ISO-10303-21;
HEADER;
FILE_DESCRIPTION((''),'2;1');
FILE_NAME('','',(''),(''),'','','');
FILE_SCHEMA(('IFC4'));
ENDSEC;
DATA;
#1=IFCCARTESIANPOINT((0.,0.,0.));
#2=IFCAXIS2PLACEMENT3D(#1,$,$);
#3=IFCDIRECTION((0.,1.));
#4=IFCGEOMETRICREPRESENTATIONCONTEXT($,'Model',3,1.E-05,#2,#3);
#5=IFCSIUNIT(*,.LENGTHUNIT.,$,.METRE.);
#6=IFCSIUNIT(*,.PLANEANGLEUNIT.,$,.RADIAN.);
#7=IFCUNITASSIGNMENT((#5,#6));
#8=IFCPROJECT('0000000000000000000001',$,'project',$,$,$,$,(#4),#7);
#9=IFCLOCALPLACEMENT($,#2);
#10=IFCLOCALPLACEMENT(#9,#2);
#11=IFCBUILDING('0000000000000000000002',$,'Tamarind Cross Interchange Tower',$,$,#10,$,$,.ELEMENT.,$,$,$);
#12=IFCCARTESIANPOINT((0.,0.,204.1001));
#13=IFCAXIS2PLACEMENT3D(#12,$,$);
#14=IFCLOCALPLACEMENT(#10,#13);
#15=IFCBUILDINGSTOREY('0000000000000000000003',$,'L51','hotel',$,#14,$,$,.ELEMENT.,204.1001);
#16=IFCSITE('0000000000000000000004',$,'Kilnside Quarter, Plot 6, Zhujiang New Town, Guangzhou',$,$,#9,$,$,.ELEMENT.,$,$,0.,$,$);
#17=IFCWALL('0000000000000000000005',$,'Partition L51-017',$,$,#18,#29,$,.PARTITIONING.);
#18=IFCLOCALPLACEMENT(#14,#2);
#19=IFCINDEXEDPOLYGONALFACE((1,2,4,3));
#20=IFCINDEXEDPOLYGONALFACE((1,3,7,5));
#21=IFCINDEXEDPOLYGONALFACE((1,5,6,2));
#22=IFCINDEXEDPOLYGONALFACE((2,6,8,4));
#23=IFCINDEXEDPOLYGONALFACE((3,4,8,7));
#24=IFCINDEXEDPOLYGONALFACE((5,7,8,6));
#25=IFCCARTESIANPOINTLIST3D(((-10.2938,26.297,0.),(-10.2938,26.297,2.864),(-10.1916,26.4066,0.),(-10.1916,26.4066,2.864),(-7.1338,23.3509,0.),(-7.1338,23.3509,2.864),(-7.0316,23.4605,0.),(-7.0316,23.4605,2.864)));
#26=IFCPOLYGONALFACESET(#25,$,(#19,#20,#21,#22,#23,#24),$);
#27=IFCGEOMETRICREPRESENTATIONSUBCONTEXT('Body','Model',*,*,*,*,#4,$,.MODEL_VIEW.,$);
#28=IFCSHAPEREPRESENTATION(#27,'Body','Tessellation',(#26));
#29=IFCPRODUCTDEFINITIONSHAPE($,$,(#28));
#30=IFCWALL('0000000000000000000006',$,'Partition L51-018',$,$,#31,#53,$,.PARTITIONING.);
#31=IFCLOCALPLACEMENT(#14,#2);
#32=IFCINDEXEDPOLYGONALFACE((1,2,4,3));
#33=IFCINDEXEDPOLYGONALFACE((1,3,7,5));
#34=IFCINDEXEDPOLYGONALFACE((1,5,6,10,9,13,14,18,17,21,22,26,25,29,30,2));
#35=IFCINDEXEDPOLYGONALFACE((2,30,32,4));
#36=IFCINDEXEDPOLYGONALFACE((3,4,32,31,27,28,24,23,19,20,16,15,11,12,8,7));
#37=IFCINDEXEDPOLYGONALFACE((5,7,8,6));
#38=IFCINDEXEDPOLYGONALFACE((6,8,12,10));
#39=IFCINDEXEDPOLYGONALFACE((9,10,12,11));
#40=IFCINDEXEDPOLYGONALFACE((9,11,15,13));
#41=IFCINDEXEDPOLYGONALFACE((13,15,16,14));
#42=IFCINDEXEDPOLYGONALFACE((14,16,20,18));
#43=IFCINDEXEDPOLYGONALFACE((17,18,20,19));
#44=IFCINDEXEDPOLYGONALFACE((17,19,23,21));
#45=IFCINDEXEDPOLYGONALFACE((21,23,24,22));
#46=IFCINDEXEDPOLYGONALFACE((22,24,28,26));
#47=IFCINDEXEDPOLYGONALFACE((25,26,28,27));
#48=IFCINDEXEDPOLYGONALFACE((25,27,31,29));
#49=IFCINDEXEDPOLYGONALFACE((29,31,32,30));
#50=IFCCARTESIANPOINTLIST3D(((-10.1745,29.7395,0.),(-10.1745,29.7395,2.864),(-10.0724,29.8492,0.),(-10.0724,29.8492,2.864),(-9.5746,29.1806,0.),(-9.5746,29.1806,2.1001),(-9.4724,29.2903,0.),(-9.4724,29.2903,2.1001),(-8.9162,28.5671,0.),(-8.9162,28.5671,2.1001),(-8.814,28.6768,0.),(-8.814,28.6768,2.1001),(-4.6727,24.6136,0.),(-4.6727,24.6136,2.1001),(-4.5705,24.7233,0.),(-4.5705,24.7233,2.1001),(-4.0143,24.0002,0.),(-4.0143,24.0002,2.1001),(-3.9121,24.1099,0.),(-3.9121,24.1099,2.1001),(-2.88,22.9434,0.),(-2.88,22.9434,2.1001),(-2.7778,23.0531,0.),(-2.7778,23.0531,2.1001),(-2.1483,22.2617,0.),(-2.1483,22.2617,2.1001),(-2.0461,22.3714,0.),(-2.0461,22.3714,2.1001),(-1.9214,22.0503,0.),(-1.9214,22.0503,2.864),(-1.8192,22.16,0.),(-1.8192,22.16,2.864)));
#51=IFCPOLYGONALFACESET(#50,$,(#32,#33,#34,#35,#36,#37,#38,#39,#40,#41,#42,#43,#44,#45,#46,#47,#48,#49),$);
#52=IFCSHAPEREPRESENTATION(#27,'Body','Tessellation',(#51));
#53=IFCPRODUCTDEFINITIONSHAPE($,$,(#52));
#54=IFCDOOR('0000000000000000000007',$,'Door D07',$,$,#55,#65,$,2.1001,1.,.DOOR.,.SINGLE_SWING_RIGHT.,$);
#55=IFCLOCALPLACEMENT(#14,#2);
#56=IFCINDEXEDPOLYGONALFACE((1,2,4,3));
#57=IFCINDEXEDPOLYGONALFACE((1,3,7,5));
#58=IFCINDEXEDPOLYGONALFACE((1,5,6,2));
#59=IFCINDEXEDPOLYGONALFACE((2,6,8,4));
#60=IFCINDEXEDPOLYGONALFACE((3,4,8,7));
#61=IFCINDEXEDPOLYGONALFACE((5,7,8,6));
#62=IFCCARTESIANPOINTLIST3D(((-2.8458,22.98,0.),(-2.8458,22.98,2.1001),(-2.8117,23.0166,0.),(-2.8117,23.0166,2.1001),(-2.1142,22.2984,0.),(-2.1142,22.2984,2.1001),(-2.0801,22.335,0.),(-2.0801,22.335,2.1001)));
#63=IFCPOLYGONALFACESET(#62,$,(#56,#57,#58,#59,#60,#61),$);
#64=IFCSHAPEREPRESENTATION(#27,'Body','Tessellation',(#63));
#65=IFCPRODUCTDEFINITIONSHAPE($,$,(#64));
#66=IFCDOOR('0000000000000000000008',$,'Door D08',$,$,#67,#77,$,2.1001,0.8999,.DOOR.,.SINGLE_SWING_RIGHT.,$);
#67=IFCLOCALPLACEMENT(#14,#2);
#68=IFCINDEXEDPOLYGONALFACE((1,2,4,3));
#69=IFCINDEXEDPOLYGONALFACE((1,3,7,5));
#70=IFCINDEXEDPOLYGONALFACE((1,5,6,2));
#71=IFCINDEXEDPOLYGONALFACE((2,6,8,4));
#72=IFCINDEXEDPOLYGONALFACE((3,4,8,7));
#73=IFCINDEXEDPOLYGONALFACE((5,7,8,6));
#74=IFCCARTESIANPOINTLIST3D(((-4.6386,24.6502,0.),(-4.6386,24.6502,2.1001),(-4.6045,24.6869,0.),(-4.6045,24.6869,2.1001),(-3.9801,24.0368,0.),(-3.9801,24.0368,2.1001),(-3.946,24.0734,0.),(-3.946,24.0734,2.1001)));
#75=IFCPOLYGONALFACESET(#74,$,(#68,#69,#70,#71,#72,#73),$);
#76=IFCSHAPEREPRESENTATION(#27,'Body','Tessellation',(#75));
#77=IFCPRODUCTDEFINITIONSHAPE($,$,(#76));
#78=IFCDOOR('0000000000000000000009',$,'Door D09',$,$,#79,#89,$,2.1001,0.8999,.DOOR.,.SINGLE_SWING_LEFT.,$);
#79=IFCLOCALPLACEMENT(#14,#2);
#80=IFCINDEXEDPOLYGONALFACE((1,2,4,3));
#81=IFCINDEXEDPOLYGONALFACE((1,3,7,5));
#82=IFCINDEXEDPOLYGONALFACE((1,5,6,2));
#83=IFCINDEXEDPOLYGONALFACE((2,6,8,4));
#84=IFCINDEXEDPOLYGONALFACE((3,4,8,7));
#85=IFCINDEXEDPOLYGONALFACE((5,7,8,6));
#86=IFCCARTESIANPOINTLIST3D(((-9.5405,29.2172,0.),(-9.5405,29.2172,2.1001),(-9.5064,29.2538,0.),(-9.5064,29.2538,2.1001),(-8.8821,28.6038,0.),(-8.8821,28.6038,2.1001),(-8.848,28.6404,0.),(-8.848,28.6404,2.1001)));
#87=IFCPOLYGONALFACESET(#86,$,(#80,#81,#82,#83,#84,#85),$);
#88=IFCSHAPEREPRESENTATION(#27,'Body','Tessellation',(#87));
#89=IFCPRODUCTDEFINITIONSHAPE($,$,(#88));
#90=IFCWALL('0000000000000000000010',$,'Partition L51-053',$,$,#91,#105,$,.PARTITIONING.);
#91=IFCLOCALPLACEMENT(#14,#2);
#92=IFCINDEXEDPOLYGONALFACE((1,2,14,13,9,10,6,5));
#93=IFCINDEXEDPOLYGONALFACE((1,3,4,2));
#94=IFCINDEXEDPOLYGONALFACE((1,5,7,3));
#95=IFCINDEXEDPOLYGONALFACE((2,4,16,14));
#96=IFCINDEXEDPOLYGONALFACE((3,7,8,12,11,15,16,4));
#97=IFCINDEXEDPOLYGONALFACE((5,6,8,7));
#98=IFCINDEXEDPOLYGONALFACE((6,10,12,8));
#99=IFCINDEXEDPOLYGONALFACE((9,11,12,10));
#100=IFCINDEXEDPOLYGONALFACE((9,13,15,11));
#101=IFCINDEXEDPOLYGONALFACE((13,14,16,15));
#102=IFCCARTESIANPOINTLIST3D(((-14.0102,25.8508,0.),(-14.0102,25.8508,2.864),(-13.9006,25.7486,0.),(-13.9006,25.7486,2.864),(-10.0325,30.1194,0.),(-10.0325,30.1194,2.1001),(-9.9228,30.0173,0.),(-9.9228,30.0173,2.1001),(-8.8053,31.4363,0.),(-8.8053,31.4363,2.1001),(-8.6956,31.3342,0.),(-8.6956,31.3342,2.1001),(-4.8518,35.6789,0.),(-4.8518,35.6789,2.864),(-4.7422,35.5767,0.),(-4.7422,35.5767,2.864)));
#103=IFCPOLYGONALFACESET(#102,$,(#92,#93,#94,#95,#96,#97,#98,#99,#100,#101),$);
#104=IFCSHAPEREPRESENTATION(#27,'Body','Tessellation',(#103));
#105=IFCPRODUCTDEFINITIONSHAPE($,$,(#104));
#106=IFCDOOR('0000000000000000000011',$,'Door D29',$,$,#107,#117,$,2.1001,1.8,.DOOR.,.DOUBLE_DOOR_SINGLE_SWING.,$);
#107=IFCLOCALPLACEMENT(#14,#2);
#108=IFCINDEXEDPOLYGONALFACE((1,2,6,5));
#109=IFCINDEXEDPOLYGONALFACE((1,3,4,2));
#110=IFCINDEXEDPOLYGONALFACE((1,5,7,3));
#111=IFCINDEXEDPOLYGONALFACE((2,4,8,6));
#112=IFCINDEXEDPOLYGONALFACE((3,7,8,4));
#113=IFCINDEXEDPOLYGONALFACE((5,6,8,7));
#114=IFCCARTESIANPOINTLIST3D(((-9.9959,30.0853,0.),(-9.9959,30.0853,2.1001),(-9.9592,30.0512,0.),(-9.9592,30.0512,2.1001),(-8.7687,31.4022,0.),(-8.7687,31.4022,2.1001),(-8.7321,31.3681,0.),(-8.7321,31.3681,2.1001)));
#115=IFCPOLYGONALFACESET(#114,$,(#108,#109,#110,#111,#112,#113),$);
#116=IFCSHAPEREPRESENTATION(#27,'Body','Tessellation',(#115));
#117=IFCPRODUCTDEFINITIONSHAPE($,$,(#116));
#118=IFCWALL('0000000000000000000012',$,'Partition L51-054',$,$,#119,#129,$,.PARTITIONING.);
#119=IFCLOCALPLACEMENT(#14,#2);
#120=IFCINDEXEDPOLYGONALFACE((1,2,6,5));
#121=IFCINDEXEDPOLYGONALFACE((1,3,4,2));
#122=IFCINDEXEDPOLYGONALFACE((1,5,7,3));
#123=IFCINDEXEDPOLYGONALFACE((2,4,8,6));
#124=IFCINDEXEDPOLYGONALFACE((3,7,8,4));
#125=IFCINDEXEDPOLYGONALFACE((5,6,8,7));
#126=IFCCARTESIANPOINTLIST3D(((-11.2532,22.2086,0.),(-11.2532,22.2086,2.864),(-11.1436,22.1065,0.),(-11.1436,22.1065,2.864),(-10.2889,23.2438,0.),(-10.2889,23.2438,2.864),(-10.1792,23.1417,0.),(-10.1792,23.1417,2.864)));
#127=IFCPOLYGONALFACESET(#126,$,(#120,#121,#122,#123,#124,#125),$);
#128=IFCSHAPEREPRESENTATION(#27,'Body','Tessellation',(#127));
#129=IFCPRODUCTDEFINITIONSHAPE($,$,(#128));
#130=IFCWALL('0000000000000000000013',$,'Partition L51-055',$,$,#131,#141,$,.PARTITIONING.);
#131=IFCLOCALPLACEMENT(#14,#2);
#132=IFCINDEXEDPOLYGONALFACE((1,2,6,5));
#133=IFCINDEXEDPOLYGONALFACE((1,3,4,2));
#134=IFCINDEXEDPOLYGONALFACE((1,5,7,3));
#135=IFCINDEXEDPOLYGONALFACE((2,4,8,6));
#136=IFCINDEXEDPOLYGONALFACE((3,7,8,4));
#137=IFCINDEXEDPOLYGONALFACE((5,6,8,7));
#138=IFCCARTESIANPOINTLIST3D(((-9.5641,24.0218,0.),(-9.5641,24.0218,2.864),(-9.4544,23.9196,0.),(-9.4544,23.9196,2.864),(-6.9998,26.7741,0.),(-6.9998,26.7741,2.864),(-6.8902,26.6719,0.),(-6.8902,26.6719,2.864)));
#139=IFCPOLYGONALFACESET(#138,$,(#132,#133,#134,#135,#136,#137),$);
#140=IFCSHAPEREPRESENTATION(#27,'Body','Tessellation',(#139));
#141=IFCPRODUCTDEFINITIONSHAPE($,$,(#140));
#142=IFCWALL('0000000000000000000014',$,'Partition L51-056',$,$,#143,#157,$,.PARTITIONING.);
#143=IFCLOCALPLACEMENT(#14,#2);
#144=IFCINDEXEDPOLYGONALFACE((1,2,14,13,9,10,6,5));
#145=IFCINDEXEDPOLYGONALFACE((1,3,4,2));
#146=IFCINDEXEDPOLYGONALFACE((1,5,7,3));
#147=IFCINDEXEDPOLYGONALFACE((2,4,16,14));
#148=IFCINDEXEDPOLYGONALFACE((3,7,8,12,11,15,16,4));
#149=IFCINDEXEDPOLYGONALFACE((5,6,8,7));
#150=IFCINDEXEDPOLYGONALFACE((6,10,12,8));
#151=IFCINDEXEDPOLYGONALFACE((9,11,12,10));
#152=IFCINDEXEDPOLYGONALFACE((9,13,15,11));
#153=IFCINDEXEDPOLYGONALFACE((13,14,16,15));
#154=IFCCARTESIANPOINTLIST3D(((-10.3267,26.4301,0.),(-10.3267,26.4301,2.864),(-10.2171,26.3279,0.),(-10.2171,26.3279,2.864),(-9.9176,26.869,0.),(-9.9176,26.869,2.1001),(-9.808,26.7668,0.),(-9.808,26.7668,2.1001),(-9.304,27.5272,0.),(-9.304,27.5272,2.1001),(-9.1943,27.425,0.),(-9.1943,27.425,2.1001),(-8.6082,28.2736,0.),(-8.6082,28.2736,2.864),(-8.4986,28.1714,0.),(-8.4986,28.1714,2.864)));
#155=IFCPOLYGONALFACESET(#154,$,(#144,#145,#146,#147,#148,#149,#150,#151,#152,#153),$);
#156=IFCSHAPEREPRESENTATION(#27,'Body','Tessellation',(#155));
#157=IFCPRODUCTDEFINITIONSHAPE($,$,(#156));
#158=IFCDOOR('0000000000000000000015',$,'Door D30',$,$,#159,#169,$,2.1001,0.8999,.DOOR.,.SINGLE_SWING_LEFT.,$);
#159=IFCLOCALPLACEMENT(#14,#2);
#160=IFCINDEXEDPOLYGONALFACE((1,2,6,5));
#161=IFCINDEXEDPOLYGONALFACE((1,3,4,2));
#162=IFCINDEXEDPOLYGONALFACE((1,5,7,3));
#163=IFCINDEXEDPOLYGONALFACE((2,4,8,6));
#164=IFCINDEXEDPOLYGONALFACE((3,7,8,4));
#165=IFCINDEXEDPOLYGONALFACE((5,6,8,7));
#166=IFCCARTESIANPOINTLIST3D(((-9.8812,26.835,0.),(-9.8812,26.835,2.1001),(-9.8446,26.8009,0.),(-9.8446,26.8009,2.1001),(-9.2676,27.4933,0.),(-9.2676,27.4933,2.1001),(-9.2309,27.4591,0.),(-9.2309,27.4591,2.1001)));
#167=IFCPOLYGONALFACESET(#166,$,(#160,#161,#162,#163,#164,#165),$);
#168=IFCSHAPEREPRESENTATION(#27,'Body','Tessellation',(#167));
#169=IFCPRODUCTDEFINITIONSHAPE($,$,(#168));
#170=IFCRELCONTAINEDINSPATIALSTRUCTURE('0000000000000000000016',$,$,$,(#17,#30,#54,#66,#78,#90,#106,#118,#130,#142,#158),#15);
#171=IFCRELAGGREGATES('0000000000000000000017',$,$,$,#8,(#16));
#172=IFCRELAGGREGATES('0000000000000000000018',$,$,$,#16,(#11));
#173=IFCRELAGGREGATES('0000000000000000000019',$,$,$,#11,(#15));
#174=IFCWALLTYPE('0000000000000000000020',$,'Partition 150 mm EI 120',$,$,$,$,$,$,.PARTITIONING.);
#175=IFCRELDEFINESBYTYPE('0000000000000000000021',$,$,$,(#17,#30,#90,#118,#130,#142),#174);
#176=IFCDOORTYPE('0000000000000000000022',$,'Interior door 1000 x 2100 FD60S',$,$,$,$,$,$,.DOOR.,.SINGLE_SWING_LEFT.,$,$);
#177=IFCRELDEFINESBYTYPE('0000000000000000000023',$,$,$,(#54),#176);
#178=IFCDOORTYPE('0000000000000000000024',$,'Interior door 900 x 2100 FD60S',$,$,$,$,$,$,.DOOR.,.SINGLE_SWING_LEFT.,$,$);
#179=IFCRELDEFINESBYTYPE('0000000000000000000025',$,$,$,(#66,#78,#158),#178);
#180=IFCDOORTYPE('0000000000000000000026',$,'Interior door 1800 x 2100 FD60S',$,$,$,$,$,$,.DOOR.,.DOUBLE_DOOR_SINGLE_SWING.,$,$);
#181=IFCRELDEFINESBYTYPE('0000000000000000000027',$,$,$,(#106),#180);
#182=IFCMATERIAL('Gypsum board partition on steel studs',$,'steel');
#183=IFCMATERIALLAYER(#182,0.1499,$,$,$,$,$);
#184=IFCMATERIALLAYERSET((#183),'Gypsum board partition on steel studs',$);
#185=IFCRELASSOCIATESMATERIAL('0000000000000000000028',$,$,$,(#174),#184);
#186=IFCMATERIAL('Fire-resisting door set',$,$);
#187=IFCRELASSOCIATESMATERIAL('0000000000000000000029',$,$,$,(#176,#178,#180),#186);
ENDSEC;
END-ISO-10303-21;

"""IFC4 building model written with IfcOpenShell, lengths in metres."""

from ifc_helpers import new_model, si_unit, direction, frame, frame_2d, origin, place, context, subcontext, project, spatial, rectangle, extrude, material, layer, layer_set, type_object, element, fill, save


model = new_model("IFC4")

# Units and contexts
model_context = context("Model", 3, precision=1e-05, world=origin(), true_north=direction((0.0, 1.0)))
body_context = subcontext(model_context, "Body", "Model", "MODEL_VIEW")
ifc_project = project(units=[si_unit("LENGTHUNIT", "METRE"), si_unit("PLANEANGLEUNIT", "RADIAN")], contexts=[model_context])

# Site, building, storey
site_placement = place(None, origin())
site = spatial("IfcSite", under=ifc_project, at=site_placement, Name="Kilnside Quarter, Plot 6, Zhujiang New Town, Guangzhou", CompositionType="ELEMENT", RefElevation=0.0)
building_placement = place(site_placement, origin())
building = spatial("IfcBuilding", under=site, at=building_placement, Name="Tamarind Cross Interchange Tower", CompositionType="ELEMENT")
storey_placement = place(building_placement, frame((0.0, 0.0, 204.1001)))
storey = spatial("IfcBuildingStorey", under=building, at=storey_placement, Name="L51", Description="hotel", CompositionType="ELEMENT", Elevation=204.1001)

# Wall
ifc_material_1 = material(Name="Gypsum board partition on steel studs", Category="steel")
ifc_layer_1 = layer(ifc_material_1, 0.1499)
ifc_layer_set_1 = layer_set([ifc_layer_1], Name="Gypsum board partition on steel studs")
wall_type = type_object("IfcWallType", Name="Partition 150 mm EI 120", PredefinedType="PARTITIONING", material=ifc_layer_set_1)
wall_1_placement = place(storey_placement, frame((-10.2427, 26.3518, 0.0), z_axis=(0.0, 0.0, 1.0), x_axis=(0.731425, -0.681921, 0.0)))
element("IfcWall", 1, at=wall_1_placement, inside=storey, type_object=wall_type, Name="Partition L51-017", PredefinedType="PARTITIONING", context=body_context, shape_type="SweptSolid", body=[
    extrude(rectangle(XDim=4.3203, YDim=0.1499, at=frame_2d((2.1602, 0.0))), origin(), (0.0, 0.0, 1.0), 2.864),
])

# Wall, openings, doors
wall_2_placement = place(storey_placement, frame((-10.1235, 29.7944, 0.0), z_axis=(0.0, 0.0, 1.0), x_axis=(0.731663, -0.681666, 0.0)))
wall_2 = element("IfcWall", 2, at=wall_2_placement, inside=storey, type_object=wall_type, Name="Partition L51-018", PredefinedType="PARTITIONING", context=body_context, shape_type="SweptSolid", body=[
    extrude(rectangle(XDim=11.28, YDim=0.1499, at=frame_2d((5.6401, 0.0))), origin(), (0.0, 0.0, 1.0), 2.864),
])
opening_1_placement = place(wall_2_placement, frame((9.97, 0.0, 0.0)))
opening_1 = element("IfcOpeningElement", 3, at=opening_1_placement, cuts=wall_2, PredefinedType="OPENING", context=body_context, shape_type="SweptSolid", body=[
    extrude(rectangle(XDim=1.0, YDim=2.1001, at=frame_2d((0.5, 1.05))), frame((0.0, 0.085, 0.0), z_axis=(0.0, -1.0, 0.0), x_axis=(1.0, 0.0, 0.0)), (0.0, 0.0, 1.0), 0.1699),
])
opening_2_placement = place(wall_2_placement, frame((7.5198, 0.0, 0.0)))
opening_2 = element("IfcOpeningElement", 4, at=opening_2_placement, cuts=wall_2, PredefinedType="OPENING", context=body_context, shape_type="SweptSolid", body=[
    extrude(rectangle(XDim=0.8999, YDim=2.1001, at=frame_2d((0.45, 1.05))), frame((0.0, 0.085, 0.0), z_axis=(0.0, -1.0, 0.0), x_axis=(1.0, 0.0, 0.0)), (0.0, 0.0, 1.0), 0.1699),
])
opening_3_placement = place(wall_2_placement, frame((0.8201, 0.0, 0.0)))
opening_3 = element("IfcOpeningElement", 5, at=opening_3_placement, cuts=wall_2, PredefinedType="OPENING", context=body_context, shape_type="SweptSolid", body=[
    extrude(rectangle(XDim=0.8999, YDim=2.1001, at=frame_2d((0.45, 1.05))), frame((0.0, 0.085, 0.0), z_axis=(0.0, -1.0, 0.0), x_axis=(1.0, 0.0, 0.0)), (0.0, 0.0, 1.0), 0.1699),
])
ifc_material_2 = material(Name="Fire-resisting door set")
door_type_1 = type_object("IfcDoorType", Name="Interior door 1000 x 2100 FD60S", OperationType="SINGLE_SWING_LEFT", PredefinedType="DOOR", material=ifc_material_2)
door_1_placement = place(opening_1_placement, frame((1.0, 0.0, 0.0), z_axis=(0.0, 0.0, 1.0), x_axis=(-1.0, 0.0, 0.0)))
door_1 = element("IfcDoor", 6, at=door_1_placement, inside=storey, type_object=door_type_1, Name="Door D07", OperationType="SINGLE_SWING_RIGHT", OverallHeight=2.1001, OverallWidth=1.0, PredefinedType="DOOR", context=body_context, shape_type="SweptSolid", body=[
    extrude(rectangle(XDim=1.0, YDim=2.1001, at=frame_2d((0.5, 1.05))), frame((0.0, 0.0249, 0.0), z_axis=(0.0, -1.0, 0.0), x_axis=(1.0, 0.0, 0.0)), (0.0, 0.0, 1.0), 0.05),
])
fill(opening_1, door_1)
door_type_2 = type_object("IfcDoorType", Name="Interior door 900 x 2100 FD60S", OperationType="SINGLE_SWING_LEFT", PredefinedType="DOOR", material=ifc_material_2)
door_2_placement = place(opening_2_placement, frame((0.8999, 0.0, 0.0), z_axis=(0.0, 0.0, 1.0), x_axis=(-1.0, 0.0, 0.0)))
door_2 = element("IfcDoor", 7, at=door_2_placement, inside=storey, type_object=door_type_2, Name="Door D08", OperationType="SINGLE_SWING_RIGHT", OverallHeight=2.1001, OverallWidth=0.8999, PredefinedType="DOOR", context=body_context, shape_type="SweptSolid", body=[
    extrude(rectangle(XDim=0.8999, YDim=2.1001, at=frame_2d((0.45, 1.05))), frame((0.0, 0.0249, 0.0), z_axis=(0.0, -1.0, 0.0), x_axis=(1.0, 0.0, 0.0)), (0.0, 0.0, 1.0), 0.05),
])
fill(opening_2, door_2)
door_3_placement = place(opening_3_placement, frame((0.8999, 0.0, 0.0), z_axis=(0.0, 0.0, 1.0), x_axis=(-1.0, 0.0, 0.0)))
door_3 = element("IfcDoor", 8, at=door_3_placement, inside=storey, type_object=door_type_2, Name="Door D09", OperationType="SINGLE_SWING_LEFT", OverallHeight=2.1001, OverallWidth=0.8999, PredefinedType="DOOR", context=body_context, shape_type="SweptSolid", body=[
    extrude(rectangle(XDim=0.8999, YDim=2.1001, at=frame_2d((0.45, 1.05))), frame((0.0, 0.0249, 0.0), z_axis=(0.0, -1.0, 0.0), x_axis=(1.0, 0.0, 0.0)), (0.0, 0.0, 1.0), 0.05),
])
fill(opening_3, door_3)

# Wall, opening, door
wall_3_placement = place(storey_placement, frame((-13.9553, 25.7998, 0.0), z_axis=(0.0, 0.0, 1.0), x_axis=(0.681742, 0.731592, 0.0)))
wall_3 = element("IfcWall", 9, at=wall_3_placement, inside=storey, type_object=wall_type, Name="Partition L51-053", PredefinedType="PARTITIONING", context=body_context, shape_type="SweptSolid", body=[
    extrude(rectangle(XDim=13.4338, YDim=0.1499, at=frame_2d((6.7168, 0.0))), origin(), (0.0, 0.0, 1.0), 2.864),
])
opening_4_placement = place(wall_3_placement, frame((5.8347, 0.0, 0.0)))
opening_4 = element("IfcOpeningElement", 10, at=opening_4_placement, cuts=wall_3, PredefinedType="OPENING", context=body_context, shape_type="SweptSolid", body=[
    extrude(rectangle(XDim=1.8, YDim=2.1001, at=frame_2d((0.8999, 1.05))), frame((0.0, 0.085, 0.0), z_axis=(0.0, -1.0, 0.0), x_axis=(1.0, 0.0, 0.0)), (0.0, 0.0, 1.0), 0.1699),
])
door_type_3 = type_object("IfcDoorType", Name="Interior door 1800 x 2100 FD60S", OperationType="DOUBLE_DOOR_SINGLE_SWING", PredefinedType="DOOR", material=ifc_material_2)
door_4_placement = place(opening_4_placement, origin())
door_4 = element("IfcDoor", 11, at=door_4_placement, inside=storey, type_object=door_type_3, Name="Door D29", OperationType="DOUBLE_DOOR_SINGLE_SWING", OverallHeight=2.1001, OverallWidth=1.8, PredefinedType="DOOR", context=body_context, shape_type="SweptSolid", body=[
    extrude(rectangle(XDim=1.8, YDim=2.1001, at=frame_2d((0.8999, 1.05))), frame((0.0, 0.0249, 0.0), z_axis=(0.0, -1.0, 0.0), x_axis=(1.0, 0.0, 0.0)), (0.0, 0.0, 1.0), 0.05),
])
fill(opening_4, door_4)

# Walls
wall_4_placement = place(storey_placement, frame((-11.1985, 22.1575, 0.0), z_axis=(0.0, 0.0, 1.0), x_axis=(0.681642, 0.731686, 0.0)))
element("IfcWall", 12, at=wall_4_placement, inside=storey, type_object=wall_type, Name="Partition L51-054", PredefinedType="PARTITIONING", context=body_context, shape_type="SweptSolid", body=[
    extrude(rectangle(XDim=1.4148, YDim=0.1499, at=frame_2d((0.7075, 0.0))), origin(), (0.0, 0.0, 1.0), 2.864),
])
wall_5_placement = place(storey_placement, frame((-9.5093, 23.9707, 0.0), z_axis=(0.0, 0.0, 1.0), x_axis=(0.681677, 0.731653, 0.0)))
element("IfcWall", 13, at=wall_5_placement, inside=storey, type_object=wall_type, Name="Partition L51-055", PredefinedType="PARTITIONING", context=body_context, shape_type="SweptSolid", body=[
    extrude(rectangle(XDim=3.7617, YDim=0.1499, at=frame_2d((1.8809, 0.0))), origin(), (0.0, 0.0, 1.0), 2.864),
])

# Wall, opening, door
wall_6_placement = place(storey_placement, frame((-10.272, 26.3789, 0.0), z_axis=(0.0, 0.0, 1.0), x_axis=(0.681873, 0.731471, 0.0)))
wall_6 = element("IfcWall", 14, at=wall_6_placement, inside=storey, type_object=wall_type, Name="Partition L51-056", PredefinedType="PARTITIONING", context=body_context, shape_type="SweptSolid", body=[
    extrude(rectangle(XDim=2.5203, YDim=0.1499, at=frame_2d((1.2603, 0.0))), origin(), (0.0, 0.0, 1.0), 2.864),
])
opening_5_placement = place(wall_6_placement, frame((0.6001, 0.0, 0.0)))
opening_5 = element("IfcOpeningElement", 15, at=opening_5_placement, cuts=wall_6, PredefinedType="OPENING", context=body_context, shape_type="SweptSolid", body=[
    extrude(rectangle(XDim=0.8999, YDim=2.1001, at=frame_2d((0.45, 1.05))), frame((0.0, 0.085, 0.0), z_axis=(0.0, -1.0, 0.0), x_axis=(1.0, 0.0, 0.0)), (0.0, 0.0, 1.0), 0.1699),
])
door_5_placement = place(opening_5_placement, frame((0.8999, 0.0, 0.0), z_axis=(0.0, 0.0, 1.0), x_axis=(-1.0, 0.0, 0.0)))
door_5 = element("IfcDoor", 16, at=door_5_placement, inside=storey, type_object=door_type_2, Name="Door D30", OperationType="SINGLE_SWING_LEFT", OverallHeight=2.1001, OverallWidth=0.8999, PredefinedType="DOOR", context=body_context, shape_type="SweptSolid", body=[
    extrude(rectangle(XDim=0.8999, YDim=2.1001, at=frame_2d((0.45, 1.05))), frame((0.0, 0.0249, 0.0), z_axis=(0.0, -1.0, 0.0), x_axis=(1.0, 0.0, 0.0)), (0.0, 0.0, 1.0), 0.05),
])
fill(opening_5, door_5)

save(model, "model.ifc")
